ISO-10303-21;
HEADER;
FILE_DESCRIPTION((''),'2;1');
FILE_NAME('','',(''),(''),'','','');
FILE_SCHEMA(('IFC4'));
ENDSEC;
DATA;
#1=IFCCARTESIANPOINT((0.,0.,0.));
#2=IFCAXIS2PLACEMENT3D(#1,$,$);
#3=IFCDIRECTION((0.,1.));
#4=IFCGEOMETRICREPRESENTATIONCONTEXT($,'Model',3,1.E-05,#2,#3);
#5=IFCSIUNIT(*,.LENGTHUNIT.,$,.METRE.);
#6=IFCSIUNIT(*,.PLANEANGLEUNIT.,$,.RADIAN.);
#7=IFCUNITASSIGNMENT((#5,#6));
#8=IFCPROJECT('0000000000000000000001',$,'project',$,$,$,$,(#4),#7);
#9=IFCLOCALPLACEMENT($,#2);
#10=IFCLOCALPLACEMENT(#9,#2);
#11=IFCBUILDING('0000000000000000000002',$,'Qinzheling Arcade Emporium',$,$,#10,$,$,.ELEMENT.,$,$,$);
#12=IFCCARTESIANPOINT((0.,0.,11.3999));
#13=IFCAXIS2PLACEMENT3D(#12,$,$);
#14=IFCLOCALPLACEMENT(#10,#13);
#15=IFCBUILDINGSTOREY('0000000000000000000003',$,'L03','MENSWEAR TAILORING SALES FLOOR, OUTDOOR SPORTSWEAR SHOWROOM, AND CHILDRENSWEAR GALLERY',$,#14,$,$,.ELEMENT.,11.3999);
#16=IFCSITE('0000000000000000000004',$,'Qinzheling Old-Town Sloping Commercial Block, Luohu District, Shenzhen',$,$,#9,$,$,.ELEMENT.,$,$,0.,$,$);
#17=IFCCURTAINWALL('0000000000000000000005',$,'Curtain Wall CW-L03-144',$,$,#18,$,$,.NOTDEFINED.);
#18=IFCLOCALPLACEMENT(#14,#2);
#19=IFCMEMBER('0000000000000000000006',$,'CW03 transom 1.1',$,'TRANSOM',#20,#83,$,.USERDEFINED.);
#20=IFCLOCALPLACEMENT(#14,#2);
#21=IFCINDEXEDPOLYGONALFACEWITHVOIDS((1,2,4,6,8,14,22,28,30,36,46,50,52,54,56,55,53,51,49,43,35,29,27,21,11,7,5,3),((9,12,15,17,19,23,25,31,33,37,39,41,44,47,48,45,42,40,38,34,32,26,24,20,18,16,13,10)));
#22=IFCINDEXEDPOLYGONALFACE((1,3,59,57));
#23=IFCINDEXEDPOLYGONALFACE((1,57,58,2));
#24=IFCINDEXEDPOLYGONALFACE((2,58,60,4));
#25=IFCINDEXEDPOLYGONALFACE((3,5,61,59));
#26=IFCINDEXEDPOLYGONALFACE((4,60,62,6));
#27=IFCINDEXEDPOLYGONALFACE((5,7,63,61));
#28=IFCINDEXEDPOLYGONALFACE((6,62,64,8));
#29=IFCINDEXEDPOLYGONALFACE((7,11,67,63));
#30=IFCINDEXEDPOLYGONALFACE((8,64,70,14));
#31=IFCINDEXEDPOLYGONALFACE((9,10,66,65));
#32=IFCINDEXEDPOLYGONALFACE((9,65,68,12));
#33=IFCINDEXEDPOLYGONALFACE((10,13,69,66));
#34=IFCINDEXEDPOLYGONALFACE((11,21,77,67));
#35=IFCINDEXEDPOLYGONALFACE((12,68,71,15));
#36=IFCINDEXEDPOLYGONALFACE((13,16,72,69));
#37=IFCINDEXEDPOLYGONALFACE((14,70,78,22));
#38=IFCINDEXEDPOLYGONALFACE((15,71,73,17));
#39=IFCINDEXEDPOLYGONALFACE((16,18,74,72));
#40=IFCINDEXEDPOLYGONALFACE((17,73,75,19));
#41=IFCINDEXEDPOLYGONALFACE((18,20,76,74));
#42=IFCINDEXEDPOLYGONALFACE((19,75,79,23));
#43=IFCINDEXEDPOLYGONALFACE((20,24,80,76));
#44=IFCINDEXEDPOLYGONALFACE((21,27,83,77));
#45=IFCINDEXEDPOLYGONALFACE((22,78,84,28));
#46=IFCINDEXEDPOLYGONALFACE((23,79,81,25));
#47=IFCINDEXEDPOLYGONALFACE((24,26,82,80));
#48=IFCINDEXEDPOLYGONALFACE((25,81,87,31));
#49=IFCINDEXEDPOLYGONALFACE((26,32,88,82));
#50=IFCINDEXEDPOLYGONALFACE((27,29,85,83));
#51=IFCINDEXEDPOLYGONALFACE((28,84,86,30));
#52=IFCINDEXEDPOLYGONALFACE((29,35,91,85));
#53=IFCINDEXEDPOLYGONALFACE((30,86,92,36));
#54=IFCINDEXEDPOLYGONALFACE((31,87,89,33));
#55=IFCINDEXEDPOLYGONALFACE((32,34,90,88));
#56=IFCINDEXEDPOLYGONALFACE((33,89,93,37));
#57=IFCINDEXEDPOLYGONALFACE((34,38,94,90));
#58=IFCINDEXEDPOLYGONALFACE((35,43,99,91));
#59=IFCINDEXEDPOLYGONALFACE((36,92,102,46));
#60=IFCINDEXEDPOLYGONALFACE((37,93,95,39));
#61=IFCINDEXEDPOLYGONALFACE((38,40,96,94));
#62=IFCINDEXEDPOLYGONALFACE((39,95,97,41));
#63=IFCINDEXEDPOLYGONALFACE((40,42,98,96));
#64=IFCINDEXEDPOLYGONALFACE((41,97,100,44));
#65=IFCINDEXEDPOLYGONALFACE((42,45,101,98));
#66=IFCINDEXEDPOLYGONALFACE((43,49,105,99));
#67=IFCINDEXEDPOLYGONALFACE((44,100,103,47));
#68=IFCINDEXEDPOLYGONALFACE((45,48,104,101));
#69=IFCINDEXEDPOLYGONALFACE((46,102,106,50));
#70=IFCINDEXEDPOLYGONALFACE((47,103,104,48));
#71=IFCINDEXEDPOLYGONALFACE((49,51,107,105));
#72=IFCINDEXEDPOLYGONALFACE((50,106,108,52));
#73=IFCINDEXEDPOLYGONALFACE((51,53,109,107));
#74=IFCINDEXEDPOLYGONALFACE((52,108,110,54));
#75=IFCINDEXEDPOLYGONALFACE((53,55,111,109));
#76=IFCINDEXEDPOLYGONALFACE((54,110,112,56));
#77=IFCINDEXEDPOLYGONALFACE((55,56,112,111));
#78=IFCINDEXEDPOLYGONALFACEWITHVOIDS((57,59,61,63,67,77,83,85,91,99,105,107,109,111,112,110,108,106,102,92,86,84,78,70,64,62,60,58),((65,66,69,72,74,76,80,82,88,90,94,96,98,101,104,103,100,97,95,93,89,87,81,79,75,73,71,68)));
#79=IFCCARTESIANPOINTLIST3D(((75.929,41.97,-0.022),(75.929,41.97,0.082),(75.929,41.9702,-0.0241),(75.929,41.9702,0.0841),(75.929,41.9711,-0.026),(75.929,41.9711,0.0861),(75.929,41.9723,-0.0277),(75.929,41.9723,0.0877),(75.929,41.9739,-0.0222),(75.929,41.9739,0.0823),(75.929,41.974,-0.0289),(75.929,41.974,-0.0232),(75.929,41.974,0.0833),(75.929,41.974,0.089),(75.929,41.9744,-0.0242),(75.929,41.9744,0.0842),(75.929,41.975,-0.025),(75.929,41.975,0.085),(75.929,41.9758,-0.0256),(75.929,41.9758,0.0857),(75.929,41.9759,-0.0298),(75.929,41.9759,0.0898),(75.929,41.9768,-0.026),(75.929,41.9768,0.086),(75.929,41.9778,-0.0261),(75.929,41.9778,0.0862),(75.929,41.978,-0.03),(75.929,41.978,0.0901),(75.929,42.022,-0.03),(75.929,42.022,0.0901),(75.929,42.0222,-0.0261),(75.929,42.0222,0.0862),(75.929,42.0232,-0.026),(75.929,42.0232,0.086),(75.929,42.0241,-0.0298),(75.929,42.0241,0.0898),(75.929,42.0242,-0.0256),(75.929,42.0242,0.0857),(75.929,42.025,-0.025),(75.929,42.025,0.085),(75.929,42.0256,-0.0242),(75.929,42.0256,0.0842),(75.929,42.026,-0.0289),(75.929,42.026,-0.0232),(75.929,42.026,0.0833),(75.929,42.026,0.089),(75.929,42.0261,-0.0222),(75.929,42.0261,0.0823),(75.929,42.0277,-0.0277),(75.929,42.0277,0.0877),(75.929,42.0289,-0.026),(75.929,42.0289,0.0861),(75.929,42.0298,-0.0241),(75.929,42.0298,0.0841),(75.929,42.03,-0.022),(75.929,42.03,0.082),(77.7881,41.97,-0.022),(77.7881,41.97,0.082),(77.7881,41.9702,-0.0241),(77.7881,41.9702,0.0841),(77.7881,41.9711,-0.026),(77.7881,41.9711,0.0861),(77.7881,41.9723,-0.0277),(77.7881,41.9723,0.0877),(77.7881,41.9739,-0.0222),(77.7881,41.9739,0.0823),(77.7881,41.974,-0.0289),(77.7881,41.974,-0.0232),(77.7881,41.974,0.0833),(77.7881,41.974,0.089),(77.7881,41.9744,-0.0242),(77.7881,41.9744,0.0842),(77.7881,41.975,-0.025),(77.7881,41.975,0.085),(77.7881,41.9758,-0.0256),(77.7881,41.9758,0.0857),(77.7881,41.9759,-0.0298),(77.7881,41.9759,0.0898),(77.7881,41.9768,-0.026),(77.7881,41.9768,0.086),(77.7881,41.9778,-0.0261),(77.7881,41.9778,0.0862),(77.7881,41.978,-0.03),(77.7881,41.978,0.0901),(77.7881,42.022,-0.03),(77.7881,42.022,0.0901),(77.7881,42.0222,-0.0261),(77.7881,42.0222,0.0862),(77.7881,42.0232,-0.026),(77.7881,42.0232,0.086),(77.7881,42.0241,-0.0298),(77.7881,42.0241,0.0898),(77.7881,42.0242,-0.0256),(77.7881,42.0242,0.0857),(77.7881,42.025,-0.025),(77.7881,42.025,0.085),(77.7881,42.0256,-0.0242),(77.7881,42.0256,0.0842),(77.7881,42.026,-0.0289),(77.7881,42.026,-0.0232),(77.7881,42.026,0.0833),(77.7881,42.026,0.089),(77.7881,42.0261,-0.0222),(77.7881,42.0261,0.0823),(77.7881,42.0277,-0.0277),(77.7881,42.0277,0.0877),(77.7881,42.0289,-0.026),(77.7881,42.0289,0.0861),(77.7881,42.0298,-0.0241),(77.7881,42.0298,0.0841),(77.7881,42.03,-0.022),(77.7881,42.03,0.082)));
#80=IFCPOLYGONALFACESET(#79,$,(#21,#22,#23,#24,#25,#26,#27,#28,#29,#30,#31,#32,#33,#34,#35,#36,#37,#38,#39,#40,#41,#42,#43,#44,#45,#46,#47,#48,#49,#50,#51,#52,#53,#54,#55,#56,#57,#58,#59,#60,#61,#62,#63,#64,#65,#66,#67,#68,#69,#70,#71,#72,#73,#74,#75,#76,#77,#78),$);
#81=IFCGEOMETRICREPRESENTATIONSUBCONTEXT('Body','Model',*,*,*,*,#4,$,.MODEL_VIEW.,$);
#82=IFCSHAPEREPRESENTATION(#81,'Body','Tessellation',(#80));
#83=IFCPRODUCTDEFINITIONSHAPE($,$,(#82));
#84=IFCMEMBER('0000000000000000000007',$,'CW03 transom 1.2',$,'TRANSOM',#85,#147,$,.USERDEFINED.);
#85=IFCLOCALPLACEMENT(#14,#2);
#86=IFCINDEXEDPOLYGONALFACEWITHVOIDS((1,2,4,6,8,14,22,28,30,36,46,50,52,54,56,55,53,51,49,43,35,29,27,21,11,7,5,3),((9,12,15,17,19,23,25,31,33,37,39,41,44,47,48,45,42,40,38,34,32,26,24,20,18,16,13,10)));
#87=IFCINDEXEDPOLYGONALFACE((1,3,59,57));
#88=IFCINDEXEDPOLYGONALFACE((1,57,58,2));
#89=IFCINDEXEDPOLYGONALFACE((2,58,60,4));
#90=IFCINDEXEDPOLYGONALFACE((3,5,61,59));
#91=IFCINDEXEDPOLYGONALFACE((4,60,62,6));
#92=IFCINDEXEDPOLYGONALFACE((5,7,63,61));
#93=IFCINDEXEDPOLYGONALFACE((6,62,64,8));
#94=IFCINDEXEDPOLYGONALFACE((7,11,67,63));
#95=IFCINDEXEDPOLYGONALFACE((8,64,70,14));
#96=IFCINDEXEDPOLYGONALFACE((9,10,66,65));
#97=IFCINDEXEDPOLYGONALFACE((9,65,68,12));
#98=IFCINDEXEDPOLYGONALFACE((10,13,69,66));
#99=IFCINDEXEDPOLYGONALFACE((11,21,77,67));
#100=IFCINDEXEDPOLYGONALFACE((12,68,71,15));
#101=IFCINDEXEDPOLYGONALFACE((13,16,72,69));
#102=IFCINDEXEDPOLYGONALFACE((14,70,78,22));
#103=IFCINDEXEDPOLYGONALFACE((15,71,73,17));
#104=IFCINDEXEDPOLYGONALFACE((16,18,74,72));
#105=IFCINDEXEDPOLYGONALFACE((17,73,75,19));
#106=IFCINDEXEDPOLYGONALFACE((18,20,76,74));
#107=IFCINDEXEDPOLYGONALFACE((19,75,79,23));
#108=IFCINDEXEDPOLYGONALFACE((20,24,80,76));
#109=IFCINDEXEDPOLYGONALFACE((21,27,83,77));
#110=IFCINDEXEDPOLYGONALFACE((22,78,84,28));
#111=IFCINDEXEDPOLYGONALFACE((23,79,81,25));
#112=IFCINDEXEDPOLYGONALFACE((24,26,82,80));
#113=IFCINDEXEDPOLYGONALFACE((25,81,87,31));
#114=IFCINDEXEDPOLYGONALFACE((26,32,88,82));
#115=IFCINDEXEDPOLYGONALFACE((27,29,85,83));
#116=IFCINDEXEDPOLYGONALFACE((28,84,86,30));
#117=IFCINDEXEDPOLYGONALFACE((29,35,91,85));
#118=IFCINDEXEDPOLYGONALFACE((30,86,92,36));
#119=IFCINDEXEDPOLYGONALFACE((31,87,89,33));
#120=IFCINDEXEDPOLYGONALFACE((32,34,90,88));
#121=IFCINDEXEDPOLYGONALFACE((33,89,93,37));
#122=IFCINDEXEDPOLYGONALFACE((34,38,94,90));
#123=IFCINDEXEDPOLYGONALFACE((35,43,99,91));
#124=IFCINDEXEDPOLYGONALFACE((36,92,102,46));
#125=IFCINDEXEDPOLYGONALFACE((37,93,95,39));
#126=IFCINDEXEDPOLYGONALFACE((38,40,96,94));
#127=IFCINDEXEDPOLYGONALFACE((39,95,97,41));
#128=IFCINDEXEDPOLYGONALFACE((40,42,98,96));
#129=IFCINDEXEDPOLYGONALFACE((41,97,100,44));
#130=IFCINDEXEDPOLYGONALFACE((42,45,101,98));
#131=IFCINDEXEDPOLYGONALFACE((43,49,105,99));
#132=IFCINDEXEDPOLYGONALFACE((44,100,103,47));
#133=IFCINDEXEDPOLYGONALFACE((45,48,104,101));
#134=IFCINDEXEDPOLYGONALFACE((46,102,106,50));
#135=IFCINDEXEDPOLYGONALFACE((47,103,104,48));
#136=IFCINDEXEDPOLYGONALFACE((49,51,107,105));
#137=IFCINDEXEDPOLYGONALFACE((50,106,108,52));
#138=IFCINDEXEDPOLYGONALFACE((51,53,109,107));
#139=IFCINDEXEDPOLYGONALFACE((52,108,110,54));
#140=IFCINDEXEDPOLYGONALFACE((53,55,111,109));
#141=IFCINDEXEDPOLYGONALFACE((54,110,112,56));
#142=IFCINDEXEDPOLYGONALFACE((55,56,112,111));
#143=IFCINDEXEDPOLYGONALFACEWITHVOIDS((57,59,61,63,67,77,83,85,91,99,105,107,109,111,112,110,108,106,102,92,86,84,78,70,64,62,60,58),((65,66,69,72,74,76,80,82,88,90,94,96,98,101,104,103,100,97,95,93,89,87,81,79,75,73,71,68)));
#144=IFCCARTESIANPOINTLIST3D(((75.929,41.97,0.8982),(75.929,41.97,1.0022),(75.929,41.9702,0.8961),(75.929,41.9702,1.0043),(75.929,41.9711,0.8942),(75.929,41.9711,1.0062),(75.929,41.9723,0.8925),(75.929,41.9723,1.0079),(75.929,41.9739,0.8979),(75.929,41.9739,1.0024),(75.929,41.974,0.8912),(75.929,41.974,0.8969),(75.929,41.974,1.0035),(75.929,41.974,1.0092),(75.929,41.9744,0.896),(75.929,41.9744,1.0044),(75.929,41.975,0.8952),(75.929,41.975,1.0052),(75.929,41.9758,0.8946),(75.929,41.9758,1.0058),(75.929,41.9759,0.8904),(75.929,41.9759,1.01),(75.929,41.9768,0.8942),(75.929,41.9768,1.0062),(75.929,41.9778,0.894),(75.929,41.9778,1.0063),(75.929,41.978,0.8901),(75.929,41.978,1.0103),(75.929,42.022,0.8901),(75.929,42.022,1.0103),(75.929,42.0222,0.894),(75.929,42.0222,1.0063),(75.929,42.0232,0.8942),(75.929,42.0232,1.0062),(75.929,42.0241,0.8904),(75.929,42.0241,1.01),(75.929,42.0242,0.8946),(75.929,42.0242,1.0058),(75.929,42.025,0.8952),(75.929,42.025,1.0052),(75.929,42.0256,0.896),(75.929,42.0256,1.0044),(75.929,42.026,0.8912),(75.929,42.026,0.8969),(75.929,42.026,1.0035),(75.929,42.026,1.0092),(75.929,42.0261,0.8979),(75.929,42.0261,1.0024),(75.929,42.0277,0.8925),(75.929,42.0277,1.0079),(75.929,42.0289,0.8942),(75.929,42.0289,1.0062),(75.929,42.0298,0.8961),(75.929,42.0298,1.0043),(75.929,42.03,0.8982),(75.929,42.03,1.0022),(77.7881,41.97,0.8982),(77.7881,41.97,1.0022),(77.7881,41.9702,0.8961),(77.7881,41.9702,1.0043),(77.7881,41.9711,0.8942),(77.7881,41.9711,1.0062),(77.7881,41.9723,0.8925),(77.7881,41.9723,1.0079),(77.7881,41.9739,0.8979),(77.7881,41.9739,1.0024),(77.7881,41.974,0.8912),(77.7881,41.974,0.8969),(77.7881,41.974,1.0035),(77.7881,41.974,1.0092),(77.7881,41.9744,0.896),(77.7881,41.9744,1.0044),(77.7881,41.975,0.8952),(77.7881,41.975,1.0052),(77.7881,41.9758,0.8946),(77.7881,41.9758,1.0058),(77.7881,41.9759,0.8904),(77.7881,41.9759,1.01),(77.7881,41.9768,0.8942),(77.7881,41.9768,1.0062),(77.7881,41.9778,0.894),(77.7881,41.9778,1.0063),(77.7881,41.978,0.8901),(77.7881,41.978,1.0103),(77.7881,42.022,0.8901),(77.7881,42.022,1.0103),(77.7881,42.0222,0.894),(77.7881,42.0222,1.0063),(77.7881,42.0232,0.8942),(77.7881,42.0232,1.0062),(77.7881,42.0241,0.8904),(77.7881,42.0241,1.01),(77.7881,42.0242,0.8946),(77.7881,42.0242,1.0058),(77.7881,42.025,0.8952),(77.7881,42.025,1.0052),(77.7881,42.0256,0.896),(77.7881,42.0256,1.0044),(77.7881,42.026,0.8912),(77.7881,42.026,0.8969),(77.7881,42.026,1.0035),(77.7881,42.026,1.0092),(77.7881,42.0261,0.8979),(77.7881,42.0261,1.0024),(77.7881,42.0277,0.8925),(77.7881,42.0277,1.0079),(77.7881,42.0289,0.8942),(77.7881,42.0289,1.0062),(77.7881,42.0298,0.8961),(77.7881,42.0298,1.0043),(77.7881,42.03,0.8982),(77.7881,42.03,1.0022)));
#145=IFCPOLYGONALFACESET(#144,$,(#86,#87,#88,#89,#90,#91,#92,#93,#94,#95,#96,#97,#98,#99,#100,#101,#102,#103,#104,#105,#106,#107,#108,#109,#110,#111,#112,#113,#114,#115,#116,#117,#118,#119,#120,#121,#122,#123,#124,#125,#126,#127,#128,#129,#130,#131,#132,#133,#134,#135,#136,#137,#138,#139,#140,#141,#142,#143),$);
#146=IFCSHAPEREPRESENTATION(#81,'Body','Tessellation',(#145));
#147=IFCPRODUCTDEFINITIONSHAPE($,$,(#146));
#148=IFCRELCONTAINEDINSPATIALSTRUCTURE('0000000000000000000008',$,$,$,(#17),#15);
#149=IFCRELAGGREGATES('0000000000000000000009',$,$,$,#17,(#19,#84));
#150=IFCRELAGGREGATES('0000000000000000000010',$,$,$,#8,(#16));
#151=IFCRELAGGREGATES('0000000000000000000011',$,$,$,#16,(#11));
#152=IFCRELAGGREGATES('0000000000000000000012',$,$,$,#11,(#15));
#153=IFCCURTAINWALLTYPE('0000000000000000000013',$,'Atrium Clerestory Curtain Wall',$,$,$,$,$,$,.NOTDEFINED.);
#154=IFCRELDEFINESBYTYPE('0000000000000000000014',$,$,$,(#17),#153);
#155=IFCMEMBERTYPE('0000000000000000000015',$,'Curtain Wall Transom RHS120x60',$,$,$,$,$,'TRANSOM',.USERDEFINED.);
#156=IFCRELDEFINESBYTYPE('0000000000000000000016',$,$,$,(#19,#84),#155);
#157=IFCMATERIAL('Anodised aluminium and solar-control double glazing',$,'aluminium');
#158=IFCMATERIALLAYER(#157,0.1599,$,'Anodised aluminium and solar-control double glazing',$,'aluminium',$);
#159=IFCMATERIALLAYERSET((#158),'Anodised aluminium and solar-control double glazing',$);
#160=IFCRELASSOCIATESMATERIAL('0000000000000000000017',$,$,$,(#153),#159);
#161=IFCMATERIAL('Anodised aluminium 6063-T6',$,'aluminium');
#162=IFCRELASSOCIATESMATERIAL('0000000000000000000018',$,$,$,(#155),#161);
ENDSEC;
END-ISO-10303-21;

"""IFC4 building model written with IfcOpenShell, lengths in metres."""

from ifc_helpers import new_model, si_unit, direction, frame, origin, origin_2d, place, context, subcontext, project, spatial, hollow_rectangle, extrude, material, layer, layer_set, material_profile, profile_set, type_object, element, aggregate, save


model = new_model("IFC4")

# Units and contexts
model_context = context("Model", 3, precision=1e-05, world=origin(), true_north=direction((0.0, 1.0)))
body_context = subcontext(model_context, "Body", "Model", "MODEL_VIEW")
ifc_project = project(units=[si_unit("LENGTHUNIT", "METRE"), si_unit("PLANEANGLEUNIT", "RADIAN")], contexts=[model_context])

# Site, building, storey
site_placement = place(None, origin())
site = spatial("IfcSite", under=ifc_project, at=site_placement, Name="Qinzheling Old-Town Sloping Commercial Block, Luohu District, Shenzhen", CompositionType="ELEMENT", RefElevation=0.0)
building_placement = place(site_placement, origin())
building = spatial("IfcBuilding", under=site, at=building_placement, Name="Qinzheling Arcade Emporium", CompositionType="ELEMENT")
storey_placement = place(building_placement, frame((0.0, 0.0, 11.3999)))
storey = spatial("IfcBuildingStorey", under=building, at=storey_placement, Name="L03", Description="MENSWEAR TAILORING SALES FLOOR, OUTDOOR SPORTSWEAR SHOWROOM, AND CHILDRENSWEAR GALLERY", CompositionType="ELEMENT", Elevation=11.3999)

# Curtain wall, members
ifc_material_1 = material(Name="Anodised aluminium and solar-control double glazing", Category="aluminium")
ifc_layer_1 = layer(ifc_material_1, 0.1599, Name="Anodised aluminium and solar-control double glazing", Category="aluminium")
ifc_layer_set_1 = layer_set([ifc_layer_1], Name="Anodised aluminium and solar-control double glazing")
curtain_wall_type = type_object("IfcCurtainWallType", Name="Atrium Clerestory Curtain Wall", PredefinedType="NOTDEFINED", material=ifc_layer_set_1)
curtain_wall_placement = place(storey_placement, origin())
curtain_wall = element("IfcCurtainWall", 1, at=curtain_wall_placement, inside=storey, type_object=curtain_wall_type, Name="Curtain Wall CW-L03-144", PredefinedType="NOTDEFINED")
ifc_material_2 = material(Name="Anodised aluminium 6063-T6", Category="aluminium")
ifc_material_profile_1 = material_profile(ifc_material_2, hollow_rectangle(XDim=0.0601, YDim=0.1201, WallThickness=0.0039, InnerFilletRadius=0.0039, OuterFilletRadius=0.0081, at=origin_2d()), Name="RHS 120x60x4", Category="aluminium")
ifc_profile_set_1 = profile_set([ifc_material_profile_1], Name="Anodised aluminium 6063-T6")
member_type_1 = type_object("IfcMemberType", Name="Curtain Wall Transom RHS120x60", ElementType="TRANSOM", PredefinedType="USERDEFINED", material=ifc_profile_set_1)
member_1_placement = place(storey_placement, frame((77.7881, 42.0, 0.03), z_axis=(-1.0, 0.0, 0.0), x_axis=(0.0, -1.0, 0.0)))
member_1 = element("IfcMember", 2, at=member_1_placement, type_object=member_type_1, Name="CW03 transom 1.1", ObjectType="TRANSOM", PredefinedType="USERDEFINED", context=body_context, shape_type="SweptSolid", body=[
    extrude(hollow_rectangle(XDim=0.0601, YDim=0.1201, WallThickness=0.0039, InnerFilletRadius=0.0039, OuterFilletRadius=0.0081, at=origin_2d()), origin(), (0.0, 0.0, 1.0), 1.8591),
])
member_2_placement = place(storey_placement, frame((77.7881, 42.0, 0.9502), z_axis=(-1.0, 0.0, 0.0), x_axis=(0.0, -1.0, 0.0)))
member_2 = element("IfcMember", 3, at=member_2_placement, type_object=member_type_1, Name="CW03 transom 1.2", ObjectType="TRANSOM", PredefinedType="USERDEFINED", context=body_context, shape_type="SweptSolid", body=[
    extrude(hollow_rectangle(XDim=0.0601, YDim=0.1201, WallThickness=0.0039, InnerFilletRadius=0.0039, OuterFilletRadius=0.0081, at=origin_2d()), origin(), (0.0, 0.0, 1.0), 1.8591),
])

aggregate(curtain_wall, [member_1, member_2])

save(model, "model.ifc")
